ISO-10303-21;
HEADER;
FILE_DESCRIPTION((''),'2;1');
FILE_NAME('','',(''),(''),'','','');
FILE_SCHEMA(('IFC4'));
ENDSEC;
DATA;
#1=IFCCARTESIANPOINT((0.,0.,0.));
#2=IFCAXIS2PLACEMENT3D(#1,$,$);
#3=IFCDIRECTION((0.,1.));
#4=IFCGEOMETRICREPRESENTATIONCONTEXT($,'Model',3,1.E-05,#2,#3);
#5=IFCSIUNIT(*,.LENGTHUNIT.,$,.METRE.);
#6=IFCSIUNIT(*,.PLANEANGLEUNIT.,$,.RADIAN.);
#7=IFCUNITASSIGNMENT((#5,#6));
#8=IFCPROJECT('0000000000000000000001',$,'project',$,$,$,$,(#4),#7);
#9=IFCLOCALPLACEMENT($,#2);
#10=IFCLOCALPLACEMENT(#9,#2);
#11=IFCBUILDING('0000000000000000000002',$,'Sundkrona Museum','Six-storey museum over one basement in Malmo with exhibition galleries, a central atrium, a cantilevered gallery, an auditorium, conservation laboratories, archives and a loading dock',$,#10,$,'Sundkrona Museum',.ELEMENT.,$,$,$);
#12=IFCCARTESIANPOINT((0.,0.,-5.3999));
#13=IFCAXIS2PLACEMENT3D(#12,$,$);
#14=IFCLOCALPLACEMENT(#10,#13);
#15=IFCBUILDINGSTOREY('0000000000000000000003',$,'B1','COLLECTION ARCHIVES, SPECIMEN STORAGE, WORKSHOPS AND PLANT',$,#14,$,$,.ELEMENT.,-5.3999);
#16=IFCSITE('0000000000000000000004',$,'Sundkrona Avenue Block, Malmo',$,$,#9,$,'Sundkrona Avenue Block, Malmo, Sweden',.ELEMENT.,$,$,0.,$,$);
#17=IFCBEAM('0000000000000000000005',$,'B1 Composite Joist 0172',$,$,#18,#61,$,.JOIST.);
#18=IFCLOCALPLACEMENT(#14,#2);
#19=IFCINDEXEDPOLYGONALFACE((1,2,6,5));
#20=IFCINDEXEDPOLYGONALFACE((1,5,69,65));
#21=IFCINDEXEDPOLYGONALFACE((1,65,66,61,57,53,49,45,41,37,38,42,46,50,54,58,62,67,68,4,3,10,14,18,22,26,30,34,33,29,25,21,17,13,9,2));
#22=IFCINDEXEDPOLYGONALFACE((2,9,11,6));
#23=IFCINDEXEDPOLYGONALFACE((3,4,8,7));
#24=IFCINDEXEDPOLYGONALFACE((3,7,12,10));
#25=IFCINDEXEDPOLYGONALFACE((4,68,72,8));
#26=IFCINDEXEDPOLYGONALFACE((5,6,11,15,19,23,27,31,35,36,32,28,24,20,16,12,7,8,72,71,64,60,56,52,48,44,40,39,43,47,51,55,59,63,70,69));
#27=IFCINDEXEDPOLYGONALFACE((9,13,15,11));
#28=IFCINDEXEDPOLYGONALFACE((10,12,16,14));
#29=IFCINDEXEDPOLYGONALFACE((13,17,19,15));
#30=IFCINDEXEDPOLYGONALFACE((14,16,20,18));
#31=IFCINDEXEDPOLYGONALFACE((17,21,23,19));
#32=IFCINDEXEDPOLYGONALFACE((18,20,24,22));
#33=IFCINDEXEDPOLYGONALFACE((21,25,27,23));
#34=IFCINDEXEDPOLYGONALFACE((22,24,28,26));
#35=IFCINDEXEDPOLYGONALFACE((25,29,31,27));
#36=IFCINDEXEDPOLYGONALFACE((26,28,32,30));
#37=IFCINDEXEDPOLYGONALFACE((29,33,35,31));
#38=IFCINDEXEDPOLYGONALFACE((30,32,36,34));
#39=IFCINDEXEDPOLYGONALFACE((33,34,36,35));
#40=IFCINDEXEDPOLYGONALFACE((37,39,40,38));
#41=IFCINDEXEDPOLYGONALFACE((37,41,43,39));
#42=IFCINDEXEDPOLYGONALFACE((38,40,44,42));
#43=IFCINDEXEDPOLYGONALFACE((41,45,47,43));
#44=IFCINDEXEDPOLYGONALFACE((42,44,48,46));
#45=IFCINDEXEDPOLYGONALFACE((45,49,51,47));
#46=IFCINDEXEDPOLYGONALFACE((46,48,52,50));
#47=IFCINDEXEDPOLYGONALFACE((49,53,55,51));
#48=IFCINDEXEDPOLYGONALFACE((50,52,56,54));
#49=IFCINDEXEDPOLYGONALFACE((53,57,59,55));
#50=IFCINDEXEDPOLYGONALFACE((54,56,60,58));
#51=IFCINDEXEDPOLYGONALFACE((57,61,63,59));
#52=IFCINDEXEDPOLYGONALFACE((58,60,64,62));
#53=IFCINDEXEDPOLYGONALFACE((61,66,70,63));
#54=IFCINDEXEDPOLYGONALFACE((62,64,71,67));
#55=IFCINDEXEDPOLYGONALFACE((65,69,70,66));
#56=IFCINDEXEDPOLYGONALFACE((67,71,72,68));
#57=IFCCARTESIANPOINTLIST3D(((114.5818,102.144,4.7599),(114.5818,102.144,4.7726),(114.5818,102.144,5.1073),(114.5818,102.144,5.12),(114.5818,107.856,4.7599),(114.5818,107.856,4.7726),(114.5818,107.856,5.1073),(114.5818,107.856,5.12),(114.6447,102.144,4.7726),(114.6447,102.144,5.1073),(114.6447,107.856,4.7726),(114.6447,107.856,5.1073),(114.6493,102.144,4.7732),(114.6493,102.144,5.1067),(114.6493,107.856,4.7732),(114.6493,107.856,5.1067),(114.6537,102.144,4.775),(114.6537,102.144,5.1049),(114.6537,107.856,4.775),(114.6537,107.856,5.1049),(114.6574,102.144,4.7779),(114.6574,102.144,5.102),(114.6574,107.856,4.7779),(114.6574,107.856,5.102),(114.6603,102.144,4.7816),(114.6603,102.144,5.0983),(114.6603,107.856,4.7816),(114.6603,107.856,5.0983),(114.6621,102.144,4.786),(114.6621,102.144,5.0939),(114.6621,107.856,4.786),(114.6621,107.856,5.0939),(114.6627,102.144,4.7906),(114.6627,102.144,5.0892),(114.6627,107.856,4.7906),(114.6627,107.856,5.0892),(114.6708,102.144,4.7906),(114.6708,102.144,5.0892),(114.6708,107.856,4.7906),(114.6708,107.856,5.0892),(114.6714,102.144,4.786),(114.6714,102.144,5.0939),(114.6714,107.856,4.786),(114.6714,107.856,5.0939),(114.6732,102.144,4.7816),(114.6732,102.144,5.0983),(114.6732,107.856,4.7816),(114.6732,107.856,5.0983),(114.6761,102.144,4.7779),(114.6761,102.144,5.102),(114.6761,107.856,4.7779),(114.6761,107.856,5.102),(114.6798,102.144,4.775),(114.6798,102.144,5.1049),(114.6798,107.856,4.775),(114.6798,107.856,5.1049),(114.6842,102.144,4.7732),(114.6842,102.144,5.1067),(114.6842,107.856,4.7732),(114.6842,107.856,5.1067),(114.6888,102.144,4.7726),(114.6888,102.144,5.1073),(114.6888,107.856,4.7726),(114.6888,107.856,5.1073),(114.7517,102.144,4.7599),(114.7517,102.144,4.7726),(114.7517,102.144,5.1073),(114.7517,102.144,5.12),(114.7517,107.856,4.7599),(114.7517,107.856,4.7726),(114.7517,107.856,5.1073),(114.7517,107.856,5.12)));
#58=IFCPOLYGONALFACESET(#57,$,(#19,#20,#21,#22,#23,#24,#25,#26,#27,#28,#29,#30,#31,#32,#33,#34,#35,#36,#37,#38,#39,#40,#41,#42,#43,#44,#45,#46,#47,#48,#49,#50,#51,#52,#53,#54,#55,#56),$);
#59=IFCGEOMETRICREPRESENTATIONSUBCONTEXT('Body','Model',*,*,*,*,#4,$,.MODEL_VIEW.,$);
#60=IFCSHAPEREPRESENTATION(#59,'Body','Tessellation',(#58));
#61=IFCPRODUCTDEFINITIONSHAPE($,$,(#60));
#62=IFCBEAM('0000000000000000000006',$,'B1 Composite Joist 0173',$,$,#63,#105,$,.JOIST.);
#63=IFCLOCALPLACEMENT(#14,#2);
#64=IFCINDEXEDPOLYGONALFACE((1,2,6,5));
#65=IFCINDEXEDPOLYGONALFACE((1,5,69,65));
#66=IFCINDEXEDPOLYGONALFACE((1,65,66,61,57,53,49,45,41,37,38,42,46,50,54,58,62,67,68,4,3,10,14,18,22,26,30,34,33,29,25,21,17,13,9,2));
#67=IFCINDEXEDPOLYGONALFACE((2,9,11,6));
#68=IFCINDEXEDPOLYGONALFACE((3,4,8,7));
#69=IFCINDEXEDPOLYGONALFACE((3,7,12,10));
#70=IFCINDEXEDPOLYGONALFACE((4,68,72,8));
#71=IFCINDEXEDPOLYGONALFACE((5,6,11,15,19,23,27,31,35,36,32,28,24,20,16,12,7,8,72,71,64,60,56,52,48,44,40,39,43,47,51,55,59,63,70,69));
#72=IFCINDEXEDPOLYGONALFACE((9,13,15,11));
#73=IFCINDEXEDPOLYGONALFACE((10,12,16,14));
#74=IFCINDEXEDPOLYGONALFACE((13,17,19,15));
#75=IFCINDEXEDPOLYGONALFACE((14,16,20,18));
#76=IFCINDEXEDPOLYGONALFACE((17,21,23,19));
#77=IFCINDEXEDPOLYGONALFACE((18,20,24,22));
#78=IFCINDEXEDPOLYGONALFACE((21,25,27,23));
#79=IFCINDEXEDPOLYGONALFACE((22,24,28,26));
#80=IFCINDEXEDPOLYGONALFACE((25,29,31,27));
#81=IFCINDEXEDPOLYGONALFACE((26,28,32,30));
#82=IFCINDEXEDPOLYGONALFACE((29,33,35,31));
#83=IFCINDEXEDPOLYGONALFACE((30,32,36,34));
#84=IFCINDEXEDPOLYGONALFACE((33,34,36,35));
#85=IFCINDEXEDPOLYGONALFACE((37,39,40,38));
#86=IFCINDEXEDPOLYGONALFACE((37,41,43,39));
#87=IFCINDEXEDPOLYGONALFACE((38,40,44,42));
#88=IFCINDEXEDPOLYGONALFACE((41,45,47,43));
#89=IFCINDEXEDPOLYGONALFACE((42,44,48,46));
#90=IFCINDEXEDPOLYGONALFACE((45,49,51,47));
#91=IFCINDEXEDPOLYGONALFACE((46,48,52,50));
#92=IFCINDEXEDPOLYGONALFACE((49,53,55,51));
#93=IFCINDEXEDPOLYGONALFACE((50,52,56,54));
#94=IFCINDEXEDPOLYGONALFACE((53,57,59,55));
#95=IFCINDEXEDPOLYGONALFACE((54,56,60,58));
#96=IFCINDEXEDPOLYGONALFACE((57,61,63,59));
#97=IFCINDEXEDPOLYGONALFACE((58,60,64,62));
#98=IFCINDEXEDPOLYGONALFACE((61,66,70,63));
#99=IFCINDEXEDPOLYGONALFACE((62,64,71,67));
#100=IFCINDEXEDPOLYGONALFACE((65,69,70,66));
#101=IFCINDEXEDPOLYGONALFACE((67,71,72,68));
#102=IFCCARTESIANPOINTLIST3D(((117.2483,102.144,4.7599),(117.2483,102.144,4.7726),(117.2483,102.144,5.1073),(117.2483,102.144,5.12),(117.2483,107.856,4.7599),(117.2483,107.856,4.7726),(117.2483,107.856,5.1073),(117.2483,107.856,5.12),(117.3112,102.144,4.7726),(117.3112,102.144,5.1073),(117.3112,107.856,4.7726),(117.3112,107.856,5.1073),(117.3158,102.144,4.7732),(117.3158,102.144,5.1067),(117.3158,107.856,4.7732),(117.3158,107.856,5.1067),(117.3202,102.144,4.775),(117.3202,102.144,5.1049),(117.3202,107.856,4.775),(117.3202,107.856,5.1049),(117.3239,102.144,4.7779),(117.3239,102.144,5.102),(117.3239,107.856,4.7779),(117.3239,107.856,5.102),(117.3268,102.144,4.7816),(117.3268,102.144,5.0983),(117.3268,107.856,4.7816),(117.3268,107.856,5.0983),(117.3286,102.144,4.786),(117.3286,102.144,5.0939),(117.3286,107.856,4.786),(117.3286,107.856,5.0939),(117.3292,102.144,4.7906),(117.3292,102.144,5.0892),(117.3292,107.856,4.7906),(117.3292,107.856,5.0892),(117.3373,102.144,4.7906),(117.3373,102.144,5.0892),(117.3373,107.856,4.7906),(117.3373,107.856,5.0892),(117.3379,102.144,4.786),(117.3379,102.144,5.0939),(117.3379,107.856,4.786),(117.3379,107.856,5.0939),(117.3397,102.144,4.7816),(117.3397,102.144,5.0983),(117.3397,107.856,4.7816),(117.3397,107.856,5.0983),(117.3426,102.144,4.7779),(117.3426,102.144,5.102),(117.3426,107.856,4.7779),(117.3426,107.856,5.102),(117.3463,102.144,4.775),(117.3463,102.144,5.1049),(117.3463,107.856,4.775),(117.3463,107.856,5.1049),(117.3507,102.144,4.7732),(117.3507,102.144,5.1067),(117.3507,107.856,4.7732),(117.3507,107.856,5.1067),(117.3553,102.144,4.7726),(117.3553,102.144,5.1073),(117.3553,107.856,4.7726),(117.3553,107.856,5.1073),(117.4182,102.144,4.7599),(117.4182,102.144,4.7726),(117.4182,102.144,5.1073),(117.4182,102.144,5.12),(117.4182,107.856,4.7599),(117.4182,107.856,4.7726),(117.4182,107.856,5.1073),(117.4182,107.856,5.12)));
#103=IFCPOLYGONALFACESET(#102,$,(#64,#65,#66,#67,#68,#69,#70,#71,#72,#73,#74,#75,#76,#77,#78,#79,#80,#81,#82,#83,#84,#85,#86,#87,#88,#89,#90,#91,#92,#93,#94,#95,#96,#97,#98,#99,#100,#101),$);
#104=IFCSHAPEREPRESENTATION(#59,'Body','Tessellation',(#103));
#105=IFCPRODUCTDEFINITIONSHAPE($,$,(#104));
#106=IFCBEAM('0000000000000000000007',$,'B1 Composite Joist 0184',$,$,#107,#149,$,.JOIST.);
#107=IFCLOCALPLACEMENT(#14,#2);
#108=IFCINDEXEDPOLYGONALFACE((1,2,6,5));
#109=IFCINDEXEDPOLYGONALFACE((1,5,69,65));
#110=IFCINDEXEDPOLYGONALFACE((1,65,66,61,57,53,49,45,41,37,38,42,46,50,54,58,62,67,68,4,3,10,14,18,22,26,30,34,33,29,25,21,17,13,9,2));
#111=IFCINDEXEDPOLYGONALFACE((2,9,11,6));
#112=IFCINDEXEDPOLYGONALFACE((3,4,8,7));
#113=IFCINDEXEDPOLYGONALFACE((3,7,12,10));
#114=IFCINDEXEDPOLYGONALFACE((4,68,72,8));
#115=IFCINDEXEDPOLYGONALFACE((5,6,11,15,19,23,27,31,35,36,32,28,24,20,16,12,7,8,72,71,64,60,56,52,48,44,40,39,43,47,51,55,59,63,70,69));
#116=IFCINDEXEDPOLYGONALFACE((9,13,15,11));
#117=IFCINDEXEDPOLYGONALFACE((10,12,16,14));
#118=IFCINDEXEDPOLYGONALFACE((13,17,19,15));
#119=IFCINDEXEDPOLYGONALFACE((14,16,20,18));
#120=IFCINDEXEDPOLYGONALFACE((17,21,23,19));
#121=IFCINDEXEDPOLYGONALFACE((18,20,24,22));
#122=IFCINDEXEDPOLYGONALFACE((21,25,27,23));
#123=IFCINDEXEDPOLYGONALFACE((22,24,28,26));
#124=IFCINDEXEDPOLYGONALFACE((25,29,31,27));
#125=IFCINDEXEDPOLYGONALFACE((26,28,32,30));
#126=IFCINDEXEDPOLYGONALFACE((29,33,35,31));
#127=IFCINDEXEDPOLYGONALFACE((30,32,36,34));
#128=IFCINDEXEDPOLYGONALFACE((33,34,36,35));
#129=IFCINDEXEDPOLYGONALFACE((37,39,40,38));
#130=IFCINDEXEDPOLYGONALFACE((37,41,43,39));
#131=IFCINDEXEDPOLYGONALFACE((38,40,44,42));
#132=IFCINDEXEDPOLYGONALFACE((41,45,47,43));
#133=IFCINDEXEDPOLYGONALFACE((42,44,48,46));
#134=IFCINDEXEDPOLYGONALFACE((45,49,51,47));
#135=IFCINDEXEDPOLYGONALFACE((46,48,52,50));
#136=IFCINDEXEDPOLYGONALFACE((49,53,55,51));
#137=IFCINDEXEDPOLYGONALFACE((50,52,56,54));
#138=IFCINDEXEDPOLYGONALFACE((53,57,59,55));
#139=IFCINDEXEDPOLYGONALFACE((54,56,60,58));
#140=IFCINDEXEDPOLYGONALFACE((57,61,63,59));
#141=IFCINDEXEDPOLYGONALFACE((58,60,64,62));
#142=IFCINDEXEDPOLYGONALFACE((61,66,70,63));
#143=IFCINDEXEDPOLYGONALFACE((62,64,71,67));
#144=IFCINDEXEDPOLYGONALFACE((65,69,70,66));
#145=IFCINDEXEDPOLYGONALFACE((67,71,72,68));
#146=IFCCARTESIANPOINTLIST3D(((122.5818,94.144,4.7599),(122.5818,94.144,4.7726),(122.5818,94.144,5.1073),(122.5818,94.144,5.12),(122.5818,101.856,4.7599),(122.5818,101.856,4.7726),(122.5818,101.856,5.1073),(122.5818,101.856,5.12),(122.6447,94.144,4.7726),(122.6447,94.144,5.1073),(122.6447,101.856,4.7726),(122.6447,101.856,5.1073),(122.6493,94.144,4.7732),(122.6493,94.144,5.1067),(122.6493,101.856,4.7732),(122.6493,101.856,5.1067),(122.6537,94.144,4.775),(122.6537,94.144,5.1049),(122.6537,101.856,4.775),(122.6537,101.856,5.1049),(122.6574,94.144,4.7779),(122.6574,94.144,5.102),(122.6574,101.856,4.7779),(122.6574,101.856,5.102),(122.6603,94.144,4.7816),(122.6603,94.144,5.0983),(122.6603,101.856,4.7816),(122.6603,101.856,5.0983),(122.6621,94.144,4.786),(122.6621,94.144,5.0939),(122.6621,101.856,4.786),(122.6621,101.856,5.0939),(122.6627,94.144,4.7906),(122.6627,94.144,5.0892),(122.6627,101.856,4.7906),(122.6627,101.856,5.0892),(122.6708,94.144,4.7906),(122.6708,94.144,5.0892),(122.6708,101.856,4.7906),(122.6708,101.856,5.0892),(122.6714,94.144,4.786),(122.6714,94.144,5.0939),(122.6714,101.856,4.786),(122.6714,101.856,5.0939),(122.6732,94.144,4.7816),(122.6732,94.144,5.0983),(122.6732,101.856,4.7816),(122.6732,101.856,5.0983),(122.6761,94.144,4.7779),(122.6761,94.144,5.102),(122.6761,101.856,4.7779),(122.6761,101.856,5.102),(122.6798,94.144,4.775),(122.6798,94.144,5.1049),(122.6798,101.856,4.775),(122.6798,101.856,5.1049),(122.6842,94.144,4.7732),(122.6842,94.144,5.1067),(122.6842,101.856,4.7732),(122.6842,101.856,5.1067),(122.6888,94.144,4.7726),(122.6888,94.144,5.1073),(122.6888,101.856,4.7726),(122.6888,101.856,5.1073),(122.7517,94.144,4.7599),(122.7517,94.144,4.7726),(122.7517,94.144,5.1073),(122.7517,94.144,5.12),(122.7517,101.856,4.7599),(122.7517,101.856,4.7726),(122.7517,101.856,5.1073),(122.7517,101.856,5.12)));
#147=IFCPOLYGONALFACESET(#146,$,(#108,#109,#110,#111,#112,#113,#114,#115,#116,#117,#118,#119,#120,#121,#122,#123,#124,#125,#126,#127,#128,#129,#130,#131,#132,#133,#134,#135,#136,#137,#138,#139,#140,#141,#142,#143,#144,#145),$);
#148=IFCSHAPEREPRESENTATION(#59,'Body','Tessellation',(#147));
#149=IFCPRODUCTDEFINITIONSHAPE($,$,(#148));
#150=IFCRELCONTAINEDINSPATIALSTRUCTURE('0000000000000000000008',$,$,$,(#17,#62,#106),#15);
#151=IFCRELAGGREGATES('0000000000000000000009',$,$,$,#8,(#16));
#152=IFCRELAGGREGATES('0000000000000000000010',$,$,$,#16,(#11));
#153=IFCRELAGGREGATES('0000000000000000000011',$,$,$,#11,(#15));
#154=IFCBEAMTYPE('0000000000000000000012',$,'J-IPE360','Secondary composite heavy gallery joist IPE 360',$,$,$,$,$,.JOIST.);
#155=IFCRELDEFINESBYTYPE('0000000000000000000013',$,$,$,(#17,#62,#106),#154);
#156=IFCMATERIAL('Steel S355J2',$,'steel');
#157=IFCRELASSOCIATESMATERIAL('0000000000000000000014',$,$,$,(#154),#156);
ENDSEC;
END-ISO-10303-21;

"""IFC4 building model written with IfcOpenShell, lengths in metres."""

from ifc_helpers import new_model, si_unit, direction, frame, origin, origin_2d, place, context, subcontext, project, spatial, i_section, extrude, material, material_profile, profile_set, type_object, element, save


model = new_model("IFC4")

# Units and contexts
model_context = context("Model", 3, precision=1e-05, world=origin(), true_north=direction((0.0, 1.0)))
body_context = subcontext(model_context, "Body", "Model", "MODEL_VIEW")
ifc_project = project(units=[si_unit("LENGTHUNIT", "METRE"), si_unit("PLANEANGLEUNIT", "RADIAN")], contexts=[model_context])

# Site, building, storey
site_placement = place(None, origin())
site = spatial("IfcSite", under=ifc_project, at=site_placement, Name="Sundkrona Avenue Block, Malmo", LongName="Sundkrona Avenue Block, Malmo, Sweden", CompositionType="ELEMENT", RefElevation=0.0)
building_placement = place(site_placement, origin())
building = spatial("IfcBuilding", under=site, at=building_placement, Name="Sundkrona Museum", Description="Six-storey museum over one basement in Malmo with exhibition galleries, a central atrium, a cantilevered gallery, an auditorium, conservation laboratories, archives and a loading dock", LongName="Sundkrona Museum", CompositionType="ELEMENT")
storey_placement = place(building_placement, frame((0.0, 0.0, -5.3999)))
storey = spatial("IfcBuildingStorey", under=building, at=storey_placement, Name="B1", Description="COLLECTION ARCHIVES, SPECIMEN STORAGE, WORKSHOPS AND PLANT", CompositionType="ELEMENT", Elevation=-5.3999)

# Beams
ifc_material_1 = material(Name="Steel S355J2", Category="steel")
ifc_material_profile_1 = material_profile(ifc_material_1, i_section(OverallWidth=0.1699, OverallDepth=0.3601, WebThickness=0.0081, FlangeThickness=0.0127, FilletRadius=0.0181, at=origin_2d()), Name="IPE 360")
ifc_profile_set_1 = profile_set([ifc_material_profile_1], Name="Steel S355J2")
beam_type_1 = type_object("IfcBeamType", Name="J-IPE360", Description="Secondary composite heavy gallery joist IPE 360", PredefinedType="JOIST", material=ifc_profile_set_1)
for number, where, z_axis, x_axis, name in (
    (1, (114.6667, 102.144, 4.9399), (0.0, 1.0, 0.0), (-1.0, 0.0, 0.0), "B1 Composite Joist 0172"),
    (2, (117.3333, 102.144, 4.9399), (0.0, 1.0, 0.0), (-1.0, 0.0, 0.0), "B1 Composite Joist 0173"),
):
    element("IfcBeam", number, at=place(storey_placement, frame(where, z_axis=z_axis, x_axis=x_axis)), inside=storey, type_object=beam_type_1, Name=name, PredefinedType="JOIST", context=body_context, shape_type="SweptSolid", body=[
        extrude(i_section(OverallWidth=0.1699, OverallDepth=0.3601, WebThickness=0.0081, FlangeThickness=0.0127, FilletRadius=0.0181, at=origin_2d()), origin(), (0.0, 0.0, 1.0), 5.7119),
    ])
beam_1_placement = place(storey_placement, frame((122.6667, 94.144, 4.9399), z_axis=(0.0, 1.0, 0.0), x_axis=(-1.0, 0.0, 0.0)))
element("IfcBeam", 3, at=beam_1_placement, inside=storey, type_object=beam_type_1, Name="B1 Composite Joist 0184", PredefinedType="JOIST", context=body_context, shape_type="SweptSolid", body=[
    extrude(i_section(OverallWidth=0.1699, OverallDepth=0.3601, WebThickness=0.0081, FlangeThickness=0.0127, FilletRadius=0.0181, at=origin_2d()), origin(), (0.0, 0.0, 1.0), 7.7119),
])

save(model, "model.ifc")
